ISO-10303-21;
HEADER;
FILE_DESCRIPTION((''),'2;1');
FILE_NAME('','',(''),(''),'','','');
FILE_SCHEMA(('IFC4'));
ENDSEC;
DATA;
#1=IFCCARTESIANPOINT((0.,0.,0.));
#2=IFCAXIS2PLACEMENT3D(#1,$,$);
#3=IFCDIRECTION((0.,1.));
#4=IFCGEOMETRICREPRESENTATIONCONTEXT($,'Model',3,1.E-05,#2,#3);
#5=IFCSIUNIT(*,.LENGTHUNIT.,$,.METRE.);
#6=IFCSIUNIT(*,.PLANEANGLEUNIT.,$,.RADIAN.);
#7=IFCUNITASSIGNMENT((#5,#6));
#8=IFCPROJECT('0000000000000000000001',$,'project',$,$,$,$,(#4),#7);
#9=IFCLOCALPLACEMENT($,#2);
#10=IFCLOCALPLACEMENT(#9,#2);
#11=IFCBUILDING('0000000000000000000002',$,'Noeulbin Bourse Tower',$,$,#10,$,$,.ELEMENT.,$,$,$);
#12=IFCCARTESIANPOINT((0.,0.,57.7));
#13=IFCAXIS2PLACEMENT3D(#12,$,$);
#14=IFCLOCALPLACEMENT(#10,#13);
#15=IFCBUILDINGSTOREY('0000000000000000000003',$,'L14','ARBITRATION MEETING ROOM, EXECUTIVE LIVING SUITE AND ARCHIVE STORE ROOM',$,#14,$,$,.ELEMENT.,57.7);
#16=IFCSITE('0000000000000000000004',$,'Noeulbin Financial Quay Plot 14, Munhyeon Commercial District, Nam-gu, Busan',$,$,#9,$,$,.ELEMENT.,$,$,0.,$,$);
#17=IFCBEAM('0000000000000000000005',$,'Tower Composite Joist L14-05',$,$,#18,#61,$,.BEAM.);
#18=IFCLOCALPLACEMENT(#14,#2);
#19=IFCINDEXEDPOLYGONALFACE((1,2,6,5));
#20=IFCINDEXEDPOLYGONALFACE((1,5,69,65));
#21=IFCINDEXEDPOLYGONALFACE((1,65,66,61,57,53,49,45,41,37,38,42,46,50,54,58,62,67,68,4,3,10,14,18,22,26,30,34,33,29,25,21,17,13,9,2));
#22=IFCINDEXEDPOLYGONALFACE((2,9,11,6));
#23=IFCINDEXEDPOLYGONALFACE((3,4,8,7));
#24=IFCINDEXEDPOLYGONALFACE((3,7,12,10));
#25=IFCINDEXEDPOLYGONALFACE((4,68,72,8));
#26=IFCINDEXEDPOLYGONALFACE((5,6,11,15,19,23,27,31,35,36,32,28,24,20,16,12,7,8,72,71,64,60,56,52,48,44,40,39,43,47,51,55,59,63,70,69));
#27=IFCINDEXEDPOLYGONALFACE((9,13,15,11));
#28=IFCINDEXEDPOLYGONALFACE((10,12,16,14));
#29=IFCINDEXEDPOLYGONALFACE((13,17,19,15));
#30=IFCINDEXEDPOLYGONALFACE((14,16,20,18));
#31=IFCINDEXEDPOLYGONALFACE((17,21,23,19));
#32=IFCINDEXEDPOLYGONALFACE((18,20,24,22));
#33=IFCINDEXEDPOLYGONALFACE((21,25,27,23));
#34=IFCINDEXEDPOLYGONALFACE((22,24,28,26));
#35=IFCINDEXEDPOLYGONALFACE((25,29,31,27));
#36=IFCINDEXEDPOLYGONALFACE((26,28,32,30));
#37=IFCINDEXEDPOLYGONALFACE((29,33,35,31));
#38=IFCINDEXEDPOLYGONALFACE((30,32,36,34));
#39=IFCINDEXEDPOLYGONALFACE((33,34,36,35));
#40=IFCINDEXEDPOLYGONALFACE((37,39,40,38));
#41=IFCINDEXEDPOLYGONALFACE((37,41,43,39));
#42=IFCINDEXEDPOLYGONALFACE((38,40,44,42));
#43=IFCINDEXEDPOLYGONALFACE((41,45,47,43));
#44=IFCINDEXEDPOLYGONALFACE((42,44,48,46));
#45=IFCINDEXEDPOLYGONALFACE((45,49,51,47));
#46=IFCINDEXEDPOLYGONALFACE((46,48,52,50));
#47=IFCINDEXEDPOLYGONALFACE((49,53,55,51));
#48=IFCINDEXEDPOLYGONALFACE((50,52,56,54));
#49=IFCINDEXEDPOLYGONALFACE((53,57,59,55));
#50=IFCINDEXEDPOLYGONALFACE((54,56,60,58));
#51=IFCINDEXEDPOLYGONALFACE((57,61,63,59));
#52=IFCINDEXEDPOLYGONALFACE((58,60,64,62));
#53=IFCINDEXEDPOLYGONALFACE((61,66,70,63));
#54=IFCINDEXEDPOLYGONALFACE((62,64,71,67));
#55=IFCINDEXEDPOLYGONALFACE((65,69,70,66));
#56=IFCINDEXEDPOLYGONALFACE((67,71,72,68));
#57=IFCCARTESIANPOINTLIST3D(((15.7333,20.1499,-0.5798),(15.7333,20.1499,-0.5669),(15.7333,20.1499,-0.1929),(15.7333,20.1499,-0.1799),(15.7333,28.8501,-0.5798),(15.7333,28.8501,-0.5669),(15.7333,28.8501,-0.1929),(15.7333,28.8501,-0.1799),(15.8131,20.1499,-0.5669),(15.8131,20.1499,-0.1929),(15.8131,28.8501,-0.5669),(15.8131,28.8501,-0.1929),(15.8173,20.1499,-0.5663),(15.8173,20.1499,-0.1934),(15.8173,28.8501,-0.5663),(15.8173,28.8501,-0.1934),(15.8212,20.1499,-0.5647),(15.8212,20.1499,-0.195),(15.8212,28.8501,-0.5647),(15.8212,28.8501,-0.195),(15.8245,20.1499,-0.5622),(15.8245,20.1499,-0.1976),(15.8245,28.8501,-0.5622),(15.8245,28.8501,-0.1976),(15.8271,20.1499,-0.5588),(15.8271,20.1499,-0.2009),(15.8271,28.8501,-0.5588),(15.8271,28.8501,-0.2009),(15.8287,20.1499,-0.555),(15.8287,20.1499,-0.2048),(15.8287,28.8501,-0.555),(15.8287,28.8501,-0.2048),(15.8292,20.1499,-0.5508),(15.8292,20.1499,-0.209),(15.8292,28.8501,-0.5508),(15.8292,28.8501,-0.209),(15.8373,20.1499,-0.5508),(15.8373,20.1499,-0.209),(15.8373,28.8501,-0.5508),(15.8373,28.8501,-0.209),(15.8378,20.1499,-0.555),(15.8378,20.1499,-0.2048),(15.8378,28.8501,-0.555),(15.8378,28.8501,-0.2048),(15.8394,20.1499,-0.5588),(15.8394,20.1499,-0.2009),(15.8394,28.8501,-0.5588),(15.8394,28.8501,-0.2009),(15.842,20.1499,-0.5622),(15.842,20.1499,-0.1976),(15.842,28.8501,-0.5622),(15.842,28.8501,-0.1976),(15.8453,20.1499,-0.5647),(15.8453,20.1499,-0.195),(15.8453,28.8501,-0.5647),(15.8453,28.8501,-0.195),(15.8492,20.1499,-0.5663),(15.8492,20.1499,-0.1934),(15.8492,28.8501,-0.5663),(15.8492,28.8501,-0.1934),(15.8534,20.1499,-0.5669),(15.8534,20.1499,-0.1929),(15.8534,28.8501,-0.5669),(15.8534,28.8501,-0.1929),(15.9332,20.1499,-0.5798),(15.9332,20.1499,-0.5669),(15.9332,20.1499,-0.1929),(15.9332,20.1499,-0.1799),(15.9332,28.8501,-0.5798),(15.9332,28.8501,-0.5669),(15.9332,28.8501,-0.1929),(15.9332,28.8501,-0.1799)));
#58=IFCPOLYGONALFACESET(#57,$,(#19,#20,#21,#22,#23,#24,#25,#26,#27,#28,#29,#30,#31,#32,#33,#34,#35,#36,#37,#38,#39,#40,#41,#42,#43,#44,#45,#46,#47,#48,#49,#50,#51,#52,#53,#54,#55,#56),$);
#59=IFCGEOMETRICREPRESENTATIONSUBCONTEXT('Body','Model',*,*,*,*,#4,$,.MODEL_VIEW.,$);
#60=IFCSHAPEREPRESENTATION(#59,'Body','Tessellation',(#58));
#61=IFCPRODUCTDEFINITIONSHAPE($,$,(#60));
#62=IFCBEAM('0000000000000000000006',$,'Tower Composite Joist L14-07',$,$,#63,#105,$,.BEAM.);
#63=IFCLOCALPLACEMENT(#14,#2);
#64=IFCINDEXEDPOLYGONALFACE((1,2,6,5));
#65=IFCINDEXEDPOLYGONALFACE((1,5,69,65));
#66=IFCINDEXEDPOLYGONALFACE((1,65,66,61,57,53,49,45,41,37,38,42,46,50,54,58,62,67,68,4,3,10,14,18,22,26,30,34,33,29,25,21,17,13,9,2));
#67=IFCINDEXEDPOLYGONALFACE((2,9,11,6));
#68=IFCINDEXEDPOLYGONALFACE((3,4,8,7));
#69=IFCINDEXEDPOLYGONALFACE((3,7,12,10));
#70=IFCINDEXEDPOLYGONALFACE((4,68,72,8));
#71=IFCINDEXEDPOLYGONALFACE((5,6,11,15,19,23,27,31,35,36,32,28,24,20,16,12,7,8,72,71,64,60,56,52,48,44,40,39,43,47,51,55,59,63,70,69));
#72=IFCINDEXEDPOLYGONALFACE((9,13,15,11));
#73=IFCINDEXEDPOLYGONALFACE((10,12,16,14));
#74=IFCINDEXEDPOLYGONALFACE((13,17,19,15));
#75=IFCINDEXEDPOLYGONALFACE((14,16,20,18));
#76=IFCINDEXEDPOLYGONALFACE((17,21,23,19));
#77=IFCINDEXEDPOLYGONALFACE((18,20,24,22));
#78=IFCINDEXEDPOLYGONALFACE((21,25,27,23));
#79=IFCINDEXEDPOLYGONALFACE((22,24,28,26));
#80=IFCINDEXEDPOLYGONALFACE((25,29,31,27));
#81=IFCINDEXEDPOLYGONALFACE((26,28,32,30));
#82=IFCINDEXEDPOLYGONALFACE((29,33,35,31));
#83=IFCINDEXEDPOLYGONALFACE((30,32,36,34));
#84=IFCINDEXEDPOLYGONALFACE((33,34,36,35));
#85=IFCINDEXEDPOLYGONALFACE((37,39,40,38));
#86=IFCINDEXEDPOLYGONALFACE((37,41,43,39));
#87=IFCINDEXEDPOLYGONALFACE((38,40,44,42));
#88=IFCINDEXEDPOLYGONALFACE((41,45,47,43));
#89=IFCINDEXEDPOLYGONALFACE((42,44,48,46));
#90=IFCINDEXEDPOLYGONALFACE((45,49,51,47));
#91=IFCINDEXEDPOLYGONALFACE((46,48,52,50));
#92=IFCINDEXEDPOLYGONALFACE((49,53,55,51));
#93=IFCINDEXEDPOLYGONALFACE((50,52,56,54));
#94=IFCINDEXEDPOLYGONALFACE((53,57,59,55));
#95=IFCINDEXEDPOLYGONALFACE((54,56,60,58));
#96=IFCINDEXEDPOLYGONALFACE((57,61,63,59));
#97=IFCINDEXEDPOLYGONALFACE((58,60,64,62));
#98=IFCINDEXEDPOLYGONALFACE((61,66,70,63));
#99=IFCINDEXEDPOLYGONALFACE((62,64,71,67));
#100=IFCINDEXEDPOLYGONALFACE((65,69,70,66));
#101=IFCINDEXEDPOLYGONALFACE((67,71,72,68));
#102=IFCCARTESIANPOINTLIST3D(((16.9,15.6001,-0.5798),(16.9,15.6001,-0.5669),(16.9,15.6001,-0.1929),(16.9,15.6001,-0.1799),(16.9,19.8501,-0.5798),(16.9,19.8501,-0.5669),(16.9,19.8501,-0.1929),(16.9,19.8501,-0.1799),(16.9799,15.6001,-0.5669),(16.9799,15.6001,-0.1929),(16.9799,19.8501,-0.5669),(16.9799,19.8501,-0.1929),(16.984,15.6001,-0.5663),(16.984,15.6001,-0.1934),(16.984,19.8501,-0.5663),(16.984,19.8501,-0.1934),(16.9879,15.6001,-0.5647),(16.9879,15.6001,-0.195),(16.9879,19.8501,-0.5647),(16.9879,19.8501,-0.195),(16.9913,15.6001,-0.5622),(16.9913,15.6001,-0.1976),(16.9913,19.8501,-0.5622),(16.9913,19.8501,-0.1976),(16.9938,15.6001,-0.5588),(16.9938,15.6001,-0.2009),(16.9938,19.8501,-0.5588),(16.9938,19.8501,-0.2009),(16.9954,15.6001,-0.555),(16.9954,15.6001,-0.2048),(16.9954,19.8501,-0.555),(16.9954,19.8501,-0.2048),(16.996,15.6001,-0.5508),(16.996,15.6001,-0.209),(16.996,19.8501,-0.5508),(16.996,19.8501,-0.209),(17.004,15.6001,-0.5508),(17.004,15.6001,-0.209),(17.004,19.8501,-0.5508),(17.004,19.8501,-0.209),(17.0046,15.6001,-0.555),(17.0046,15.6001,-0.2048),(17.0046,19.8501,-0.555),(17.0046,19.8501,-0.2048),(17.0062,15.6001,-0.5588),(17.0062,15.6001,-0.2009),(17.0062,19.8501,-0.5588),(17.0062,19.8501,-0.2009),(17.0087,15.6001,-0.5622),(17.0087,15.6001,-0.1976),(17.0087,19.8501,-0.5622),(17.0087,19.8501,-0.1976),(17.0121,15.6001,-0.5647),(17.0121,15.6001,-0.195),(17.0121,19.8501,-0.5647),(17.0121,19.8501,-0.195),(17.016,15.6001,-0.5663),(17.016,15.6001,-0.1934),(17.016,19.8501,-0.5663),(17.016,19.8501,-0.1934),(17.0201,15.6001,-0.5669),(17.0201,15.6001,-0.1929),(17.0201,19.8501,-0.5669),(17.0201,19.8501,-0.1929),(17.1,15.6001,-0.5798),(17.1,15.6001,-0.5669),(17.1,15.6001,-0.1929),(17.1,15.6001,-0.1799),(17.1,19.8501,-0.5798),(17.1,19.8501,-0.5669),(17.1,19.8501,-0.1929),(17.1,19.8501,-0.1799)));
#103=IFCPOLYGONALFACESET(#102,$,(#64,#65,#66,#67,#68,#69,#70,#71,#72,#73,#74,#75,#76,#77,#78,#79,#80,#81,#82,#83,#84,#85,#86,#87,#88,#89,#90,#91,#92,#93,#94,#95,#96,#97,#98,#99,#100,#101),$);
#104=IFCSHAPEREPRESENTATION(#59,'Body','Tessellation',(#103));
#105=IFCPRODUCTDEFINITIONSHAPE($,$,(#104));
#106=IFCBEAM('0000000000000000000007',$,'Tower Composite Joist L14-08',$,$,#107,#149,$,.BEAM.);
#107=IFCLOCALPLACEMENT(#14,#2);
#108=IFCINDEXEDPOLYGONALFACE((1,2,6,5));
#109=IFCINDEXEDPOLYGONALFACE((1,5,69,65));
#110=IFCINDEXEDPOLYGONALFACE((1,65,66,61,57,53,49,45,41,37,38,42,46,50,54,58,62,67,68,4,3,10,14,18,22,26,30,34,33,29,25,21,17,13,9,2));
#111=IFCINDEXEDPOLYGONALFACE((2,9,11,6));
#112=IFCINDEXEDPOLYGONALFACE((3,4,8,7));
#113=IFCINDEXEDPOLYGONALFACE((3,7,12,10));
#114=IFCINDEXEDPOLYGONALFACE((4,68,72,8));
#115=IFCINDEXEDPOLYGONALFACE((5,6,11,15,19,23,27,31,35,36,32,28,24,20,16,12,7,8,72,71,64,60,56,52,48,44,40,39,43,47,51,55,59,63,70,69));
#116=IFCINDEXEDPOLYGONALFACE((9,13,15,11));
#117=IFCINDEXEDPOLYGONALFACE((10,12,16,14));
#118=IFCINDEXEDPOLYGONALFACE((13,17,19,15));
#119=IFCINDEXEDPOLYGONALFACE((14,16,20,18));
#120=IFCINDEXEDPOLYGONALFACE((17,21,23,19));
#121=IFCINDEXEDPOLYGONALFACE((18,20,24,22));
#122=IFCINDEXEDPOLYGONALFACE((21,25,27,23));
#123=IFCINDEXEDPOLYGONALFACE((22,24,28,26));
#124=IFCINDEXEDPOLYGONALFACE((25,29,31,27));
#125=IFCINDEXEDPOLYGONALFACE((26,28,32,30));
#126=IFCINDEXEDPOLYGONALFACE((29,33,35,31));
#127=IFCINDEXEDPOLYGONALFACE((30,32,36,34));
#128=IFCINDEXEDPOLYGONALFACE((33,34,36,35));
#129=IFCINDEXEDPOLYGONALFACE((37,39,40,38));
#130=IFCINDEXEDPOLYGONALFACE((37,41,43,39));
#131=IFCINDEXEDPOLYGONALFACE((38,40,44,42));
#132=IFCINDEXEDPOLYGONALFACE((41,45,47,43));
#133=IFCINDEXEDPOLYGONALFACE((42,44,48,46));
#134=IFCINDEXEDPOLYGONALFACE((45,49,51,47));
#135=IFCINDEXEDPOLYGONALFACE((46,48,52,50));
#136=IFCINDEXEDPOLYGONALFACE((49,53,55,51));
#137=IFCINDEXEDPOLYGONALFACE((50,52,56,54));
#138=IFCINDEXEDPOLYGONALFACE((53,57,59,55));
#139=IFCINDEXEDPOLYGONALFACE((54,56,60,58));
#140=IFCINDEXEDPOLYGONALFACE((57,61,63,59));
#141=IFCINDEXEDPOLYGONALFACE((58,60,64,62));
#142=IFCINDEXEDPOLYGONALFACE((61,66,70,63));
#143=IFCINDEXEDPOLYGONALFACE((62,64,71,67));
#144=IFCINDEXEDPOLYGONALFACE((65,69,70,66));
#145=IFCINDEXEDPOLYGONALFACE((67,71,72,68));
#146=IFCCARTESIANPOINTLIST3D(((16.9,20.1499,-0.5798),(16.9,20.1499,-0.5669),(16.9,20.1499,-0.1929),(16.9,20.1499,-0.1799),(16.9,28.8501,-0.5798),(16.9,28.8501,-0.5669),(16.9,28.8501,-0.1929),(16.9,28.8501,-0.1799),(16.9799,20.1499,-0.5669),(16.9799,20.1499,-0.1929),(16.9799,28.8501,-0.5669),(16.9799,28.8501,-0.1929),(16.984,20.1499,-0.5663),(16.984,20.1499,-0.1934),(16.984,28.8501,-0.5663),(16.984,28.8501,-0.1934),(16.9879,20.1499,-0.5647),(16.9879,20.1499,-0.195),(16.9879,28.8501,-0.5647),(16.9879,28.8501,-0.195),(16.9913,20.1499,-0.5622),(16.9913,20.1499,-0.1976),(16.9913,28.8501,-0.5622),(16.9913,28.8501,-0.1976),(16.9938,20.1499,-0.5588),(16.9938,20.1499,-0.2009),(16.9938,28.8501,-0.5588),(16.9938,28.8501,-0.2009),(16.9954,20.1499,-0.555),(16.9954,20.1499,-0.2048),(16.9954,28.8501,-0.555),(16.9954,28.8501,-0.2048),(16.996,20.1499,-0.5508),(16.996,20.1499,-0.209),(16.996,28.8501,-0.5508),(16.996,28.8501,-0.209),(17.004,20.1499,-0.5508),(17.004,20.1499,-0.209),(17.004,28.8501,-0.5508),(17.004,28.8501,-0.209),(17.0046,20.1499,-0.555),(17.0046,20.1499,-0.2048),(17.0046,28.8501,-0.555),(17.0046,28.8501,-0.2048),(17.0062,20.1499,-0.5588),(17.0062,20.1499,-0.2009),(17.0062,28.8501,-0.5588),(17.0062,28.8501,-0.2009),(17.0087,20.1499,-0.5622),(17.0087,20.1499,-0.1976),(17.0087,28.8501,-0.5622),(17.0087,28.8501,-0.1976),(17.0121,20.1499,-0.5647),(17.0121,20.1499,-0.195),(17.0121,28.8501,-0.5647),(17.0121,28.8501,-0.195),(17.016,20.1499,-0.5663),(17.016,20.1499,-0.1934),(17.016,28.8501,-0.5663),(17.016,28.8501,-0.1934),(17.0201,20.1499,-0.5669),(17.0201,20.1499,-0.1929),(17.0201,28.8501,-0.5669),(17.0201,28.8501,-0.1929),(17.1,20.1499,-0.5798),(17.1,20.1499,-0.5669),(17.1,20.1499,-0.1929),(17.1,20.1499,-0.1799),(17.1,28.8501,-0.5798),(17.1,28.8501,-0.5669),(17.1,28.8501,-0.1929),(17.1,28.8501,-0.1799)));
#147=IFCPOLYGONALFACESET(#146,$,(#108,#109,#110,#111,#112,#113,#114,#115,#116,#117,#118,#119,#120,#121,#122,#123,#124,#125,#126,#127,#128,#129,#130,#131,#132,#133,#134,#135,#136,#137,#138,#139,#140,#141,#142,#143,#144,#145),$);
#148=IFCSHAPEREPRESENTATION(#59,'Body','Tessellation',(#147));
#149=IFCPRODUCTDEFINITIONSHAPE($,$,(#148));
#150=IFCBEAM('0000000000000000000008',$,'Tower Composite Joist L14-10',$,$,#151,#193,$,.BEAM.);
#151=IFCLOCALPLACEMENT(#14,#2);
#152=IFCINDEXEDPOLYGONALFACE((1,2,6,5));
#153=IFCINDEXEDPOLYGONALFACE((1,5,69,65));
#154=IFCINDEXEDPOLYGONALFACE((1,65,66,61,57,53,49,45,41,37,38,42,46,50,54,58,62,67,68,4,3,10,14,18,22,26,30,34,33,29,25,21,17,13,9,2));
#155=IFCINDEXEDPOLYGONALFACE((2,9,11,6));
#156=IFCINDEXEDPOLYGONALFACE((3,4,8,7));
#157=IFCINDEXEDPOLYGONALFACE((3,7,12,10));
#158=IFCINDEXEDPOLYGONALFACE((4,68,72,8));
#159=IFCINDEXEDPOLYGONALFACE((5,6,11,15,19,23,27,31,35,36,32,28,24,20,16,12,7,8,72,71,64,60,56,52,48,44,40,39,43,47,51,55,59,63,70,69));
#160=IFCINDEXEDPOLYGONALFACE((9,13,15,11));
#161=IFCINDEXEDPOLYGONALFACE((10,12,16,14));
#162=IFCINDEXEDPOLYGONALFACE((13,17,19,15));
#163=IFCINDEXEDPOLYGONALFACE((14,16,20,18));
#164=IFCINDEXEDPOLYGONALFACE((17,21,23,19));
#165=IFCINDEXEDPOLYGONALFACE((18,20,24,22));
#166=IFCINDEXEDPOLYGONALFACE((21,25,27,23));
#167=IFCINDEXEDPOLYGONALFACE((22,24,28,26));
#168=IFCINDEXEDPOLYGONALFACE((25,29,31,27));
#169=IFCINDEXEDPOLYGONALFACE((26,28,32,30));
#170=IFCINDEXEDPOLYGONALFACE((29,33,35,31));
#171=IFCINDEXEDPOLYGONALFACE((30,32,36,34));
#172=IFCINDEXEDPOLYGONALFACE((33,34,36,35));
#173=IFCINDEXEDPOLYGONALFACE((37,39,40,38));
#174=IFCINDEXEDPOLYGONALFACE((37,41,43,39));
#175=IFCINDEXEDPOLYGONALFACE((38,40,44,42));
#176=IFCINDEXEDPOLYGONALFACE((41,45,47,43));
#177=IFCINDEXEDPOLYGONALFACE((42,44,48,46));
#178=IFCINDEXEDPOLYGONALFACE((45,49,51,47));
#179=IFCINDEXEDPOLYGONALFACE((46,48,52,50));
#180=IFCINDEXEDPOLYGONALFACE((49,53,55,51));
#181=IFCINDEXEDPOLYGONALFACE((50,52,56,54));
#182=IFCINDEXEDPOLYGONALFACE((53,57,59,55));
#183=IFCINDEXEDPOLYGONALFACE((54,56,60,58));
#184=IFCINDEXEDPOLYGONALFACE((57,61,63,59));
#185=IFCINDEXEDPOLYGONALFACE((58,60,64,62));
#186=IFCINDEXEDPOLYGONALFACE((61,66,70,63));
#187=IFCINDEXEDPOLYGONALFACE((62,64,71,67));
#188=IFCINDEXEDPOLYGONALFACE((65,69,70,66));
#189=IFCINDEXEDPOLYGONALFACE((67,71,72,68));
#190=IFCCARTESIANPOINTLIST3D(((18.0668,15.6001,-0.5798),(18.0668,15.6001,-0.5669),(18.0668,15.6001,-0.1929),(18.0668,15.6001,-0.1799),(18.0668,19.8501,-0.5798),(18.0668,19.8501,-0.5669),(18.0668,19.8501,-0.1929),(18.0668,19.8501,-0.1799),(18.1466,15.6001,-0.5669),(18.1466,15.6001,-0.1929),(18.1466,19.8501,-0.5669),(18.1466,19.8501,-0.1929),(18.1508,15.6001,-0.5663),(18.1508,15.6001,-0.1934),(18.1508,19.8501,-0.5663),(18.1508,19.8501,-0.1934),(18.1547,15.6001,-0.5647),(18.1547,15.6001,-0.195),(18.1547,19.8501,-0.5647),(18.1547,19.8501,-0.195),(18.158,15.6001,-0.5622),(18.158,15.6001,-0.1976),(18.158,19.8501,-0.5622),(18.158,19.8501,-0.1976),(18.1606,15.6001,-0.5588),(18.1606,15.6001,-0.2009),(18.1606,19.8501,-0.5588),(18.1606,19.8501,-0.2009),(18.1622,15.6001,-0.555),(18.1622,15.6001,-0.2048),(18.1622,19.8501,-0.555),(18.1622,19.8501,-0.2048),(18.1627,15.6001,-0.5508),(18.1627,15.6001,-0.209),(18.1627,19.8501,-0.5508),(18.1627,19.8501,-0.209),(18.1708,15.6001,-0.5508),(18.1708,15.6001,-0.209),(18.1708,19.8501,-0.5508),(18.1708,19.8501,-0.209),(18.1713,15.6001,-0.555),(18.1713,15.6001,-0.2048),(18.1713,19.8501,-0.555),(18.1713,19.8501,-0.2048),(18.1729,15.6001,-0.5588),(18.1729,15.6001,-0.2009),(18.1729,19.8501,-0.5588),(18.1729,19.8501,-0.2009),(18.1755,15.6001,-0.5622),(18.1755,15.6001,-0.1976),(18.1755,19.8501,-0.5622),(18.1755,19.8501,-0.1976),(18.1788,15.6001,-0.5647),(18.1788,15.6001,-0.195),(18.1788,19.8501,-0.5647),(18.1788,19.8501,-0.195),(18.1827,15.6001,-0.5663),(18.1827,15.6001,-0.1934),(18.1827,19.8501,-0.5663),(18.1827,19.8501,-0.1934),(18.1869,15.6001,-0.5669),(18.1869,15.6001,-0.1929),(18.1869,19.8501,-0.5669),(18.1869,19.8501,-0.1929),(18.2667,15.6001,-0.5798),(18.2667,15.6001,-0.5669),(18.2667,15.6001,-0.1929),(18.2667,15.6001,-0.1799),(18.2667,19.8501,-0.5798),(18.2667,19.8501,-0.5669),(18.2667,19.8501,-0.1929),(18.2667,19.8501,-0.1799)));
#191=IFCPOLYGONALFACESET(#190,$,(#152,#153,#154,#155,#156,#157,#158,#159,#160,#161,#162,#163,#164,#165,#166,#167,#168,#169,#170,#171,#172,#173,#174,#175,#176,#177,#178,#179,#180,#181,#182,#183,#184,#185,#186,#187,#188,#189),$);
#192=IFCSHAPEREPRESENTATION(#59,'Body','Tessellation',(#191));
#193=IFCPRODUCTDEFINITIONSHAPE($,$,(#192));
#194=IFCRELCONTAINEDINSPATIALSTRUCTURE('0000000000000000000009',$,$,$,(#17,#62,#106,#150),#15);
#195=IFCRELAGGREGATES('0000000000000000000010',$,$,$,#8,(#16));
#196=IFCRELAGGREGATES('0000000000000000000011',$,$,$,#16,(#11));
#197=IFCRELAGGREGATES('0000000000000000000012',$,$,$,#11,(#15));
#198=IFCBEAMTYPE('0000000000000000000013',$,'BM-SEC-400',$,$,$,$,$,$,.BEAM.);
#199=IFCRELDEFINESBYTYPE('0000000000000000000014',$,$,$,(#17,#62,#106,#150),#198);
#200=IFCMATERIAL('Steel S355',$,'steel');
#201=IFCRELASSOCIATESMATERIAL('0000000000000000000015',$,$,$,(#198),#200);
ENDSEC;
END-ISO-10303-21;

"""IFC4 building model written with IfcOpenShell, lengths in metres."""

from ifc_helpers import new_model, si_unit, direction, frame, origin, origin_2d, place, context, subcontext, project, spatial, i_section, extrude, material, material_profile, profile_set, type_object, element, save


model = new_model("IFC4")

# Units and contexts
model_context = context("Model", 3, precision=1e-05, world=origin(), true_north=direction((0.0, 1.0)))
body_context = subcontext(model_context, "Body", "Model", "MODEL_VIEW")
ifc_project = project(units=[si_unit("LENGTHUNIT", "METRE"), si_unit("PLANEANGLEUNIT", "RADIAN")], contexts=[model_context])

# Site, building, storey
site_placement = place(None, origin())
site = spatial("IfcSite", under=ifc_project, at=site_placement, Name="Noeulbin Financial Quay Plot 14, Munhyeon Commercial District, Nam-gu, Busan", CompositionType="ELEMENT", RefElevation=0.0)
building_placement = place(site_placement, origin())
building = spatial("IfcBuilding", under=site, at=building_placement, Name="Noeulbin Bourse Tower", CompositionType="ELEMENT")
storey_placement = place(building_placement, frame((0.0, 0.0, 57.7)))
storey = spatial("IfcBuildingStorey", under=building, at=storey_placement, Name="L14", Description="ARBITRATION MEETING ROOM, EXECUTIVE LIVING SUITE AND ARCHIVE STORE ROOM", CompositionType="ELEMENT", Elevation=57.7)

# Beams
ifc_material_1 = material(Name="Steel S355", Category="steel")
ifc_material_profile_1 = material_profile(ifc_material_1, i_section(OverallWidth=0.2, OverallDepth=0.3999, WebThickness=0.0081, FlangeThickness=0.0129, FilletRadius=0.0161, at=origin_2d()), Name="H-400x200x8x13", Category="LoadBearing")
ifc_profile_set_1 = profile_set([ifc_material_profile_1], Name="Steel S355")
beam_type_1 = type_object("IfcBeamType", Name="BM-SEC-400", PredefinedType="BEAM", material=ifc_profile_set_1)
beam_1_placement = place(storey_placement, frame((15.8333, 20.1499, -0.3799), z_axis=(0.0, 1.0, 0.0), x_axis=(-1.0, 0.0, 0.0)))
element("IfcBeam", 1, at=beam_1_placement, inside=storey, type_object=beam_type_1, Name="Tower Composite Joist L14-05", PredefinedType="BEAM", context=body_context, shape_type="SweptSolid", body=[
    extrude(i_section(OverallWidth=0.2, OverallDepth=0.3999, WebThickness=0.0081, FlangeThickness=0.0129, FilletRadius=0.0161, at=origin_2d()), origin(), (0.0, 0.0, 1.0), 8.7002),
])
beam_2_placement = place(storey_placement, frame((17.0, 15.6001, -0.3799), z_axis=(0.0, 1.0, 0.0), x_axis=(-1.0, 0.0, 0.0)))
element("IfcBeam", 2, at=beam_2_placement, inside=storey, type_object=beam_type_1, Name="Tower Composite Joist L14-07", PredefinedType="BEAM", context=body_context, shape_type="SweptSolid", body=[
    extrude(i_section(OverallWidth=0.2, OverallDepth=0.3999, WebThickness=0.0081, FlangeThickness=0.0129, FilletRadius=0.0161, at=origin_2d()), origin(), (0.0, 0.0, 1.0), 4.25),
])
beam_3_placement = place(storey_placement, frame((17.0, 20.1499, -0.3799), z_axis=(0.0, 1.0, 0.0), x_axis=(-1.0, 0.0, 0.0)))
element("IfcBeam", 3, at=beam_3_placement, inside=storey, type_object=beam_type_1, Name="Tower Composite Joist L14-08", PredefinedType="BEAM", context=body_context, shape_type="SweptSolid", body=[
    extrude(i_section(OverallWidth=0.2, OverallDepth=0.3999, WebThickness=0.0081, FlangeThickness=0.0129, FilletRadius=0.0161, at=origin_2d()), origin(), (0.0, 0.0, 1.0), 8.7002),
])
beam_4_placement = place(storey_placement, frame((18.1667, 15.6001, -0.3799), z_axis=(0.0, 1.0, 0.0), x_axis=(-1.0, 0.0, 0.0)))
element("IfcBeam", 4, at=beam_4_placement, inside=storey, type_object=beam_type_1, Name="Tower Composite Joist L14-10", PredefinedType="BEAM", context=body_context, shape_type="SweptSolid", body=[
    extrude(i_section(OverallWidth=0.2, OverallDepth=0.3999, WebThickness=0.0081, FlangeThickness=0.0129, FilletRadius=0.0161, at=origin_2d()), origin(), (0.0, 0.0, 1.0), 4.25),
])

save(model, "model.ifc")
